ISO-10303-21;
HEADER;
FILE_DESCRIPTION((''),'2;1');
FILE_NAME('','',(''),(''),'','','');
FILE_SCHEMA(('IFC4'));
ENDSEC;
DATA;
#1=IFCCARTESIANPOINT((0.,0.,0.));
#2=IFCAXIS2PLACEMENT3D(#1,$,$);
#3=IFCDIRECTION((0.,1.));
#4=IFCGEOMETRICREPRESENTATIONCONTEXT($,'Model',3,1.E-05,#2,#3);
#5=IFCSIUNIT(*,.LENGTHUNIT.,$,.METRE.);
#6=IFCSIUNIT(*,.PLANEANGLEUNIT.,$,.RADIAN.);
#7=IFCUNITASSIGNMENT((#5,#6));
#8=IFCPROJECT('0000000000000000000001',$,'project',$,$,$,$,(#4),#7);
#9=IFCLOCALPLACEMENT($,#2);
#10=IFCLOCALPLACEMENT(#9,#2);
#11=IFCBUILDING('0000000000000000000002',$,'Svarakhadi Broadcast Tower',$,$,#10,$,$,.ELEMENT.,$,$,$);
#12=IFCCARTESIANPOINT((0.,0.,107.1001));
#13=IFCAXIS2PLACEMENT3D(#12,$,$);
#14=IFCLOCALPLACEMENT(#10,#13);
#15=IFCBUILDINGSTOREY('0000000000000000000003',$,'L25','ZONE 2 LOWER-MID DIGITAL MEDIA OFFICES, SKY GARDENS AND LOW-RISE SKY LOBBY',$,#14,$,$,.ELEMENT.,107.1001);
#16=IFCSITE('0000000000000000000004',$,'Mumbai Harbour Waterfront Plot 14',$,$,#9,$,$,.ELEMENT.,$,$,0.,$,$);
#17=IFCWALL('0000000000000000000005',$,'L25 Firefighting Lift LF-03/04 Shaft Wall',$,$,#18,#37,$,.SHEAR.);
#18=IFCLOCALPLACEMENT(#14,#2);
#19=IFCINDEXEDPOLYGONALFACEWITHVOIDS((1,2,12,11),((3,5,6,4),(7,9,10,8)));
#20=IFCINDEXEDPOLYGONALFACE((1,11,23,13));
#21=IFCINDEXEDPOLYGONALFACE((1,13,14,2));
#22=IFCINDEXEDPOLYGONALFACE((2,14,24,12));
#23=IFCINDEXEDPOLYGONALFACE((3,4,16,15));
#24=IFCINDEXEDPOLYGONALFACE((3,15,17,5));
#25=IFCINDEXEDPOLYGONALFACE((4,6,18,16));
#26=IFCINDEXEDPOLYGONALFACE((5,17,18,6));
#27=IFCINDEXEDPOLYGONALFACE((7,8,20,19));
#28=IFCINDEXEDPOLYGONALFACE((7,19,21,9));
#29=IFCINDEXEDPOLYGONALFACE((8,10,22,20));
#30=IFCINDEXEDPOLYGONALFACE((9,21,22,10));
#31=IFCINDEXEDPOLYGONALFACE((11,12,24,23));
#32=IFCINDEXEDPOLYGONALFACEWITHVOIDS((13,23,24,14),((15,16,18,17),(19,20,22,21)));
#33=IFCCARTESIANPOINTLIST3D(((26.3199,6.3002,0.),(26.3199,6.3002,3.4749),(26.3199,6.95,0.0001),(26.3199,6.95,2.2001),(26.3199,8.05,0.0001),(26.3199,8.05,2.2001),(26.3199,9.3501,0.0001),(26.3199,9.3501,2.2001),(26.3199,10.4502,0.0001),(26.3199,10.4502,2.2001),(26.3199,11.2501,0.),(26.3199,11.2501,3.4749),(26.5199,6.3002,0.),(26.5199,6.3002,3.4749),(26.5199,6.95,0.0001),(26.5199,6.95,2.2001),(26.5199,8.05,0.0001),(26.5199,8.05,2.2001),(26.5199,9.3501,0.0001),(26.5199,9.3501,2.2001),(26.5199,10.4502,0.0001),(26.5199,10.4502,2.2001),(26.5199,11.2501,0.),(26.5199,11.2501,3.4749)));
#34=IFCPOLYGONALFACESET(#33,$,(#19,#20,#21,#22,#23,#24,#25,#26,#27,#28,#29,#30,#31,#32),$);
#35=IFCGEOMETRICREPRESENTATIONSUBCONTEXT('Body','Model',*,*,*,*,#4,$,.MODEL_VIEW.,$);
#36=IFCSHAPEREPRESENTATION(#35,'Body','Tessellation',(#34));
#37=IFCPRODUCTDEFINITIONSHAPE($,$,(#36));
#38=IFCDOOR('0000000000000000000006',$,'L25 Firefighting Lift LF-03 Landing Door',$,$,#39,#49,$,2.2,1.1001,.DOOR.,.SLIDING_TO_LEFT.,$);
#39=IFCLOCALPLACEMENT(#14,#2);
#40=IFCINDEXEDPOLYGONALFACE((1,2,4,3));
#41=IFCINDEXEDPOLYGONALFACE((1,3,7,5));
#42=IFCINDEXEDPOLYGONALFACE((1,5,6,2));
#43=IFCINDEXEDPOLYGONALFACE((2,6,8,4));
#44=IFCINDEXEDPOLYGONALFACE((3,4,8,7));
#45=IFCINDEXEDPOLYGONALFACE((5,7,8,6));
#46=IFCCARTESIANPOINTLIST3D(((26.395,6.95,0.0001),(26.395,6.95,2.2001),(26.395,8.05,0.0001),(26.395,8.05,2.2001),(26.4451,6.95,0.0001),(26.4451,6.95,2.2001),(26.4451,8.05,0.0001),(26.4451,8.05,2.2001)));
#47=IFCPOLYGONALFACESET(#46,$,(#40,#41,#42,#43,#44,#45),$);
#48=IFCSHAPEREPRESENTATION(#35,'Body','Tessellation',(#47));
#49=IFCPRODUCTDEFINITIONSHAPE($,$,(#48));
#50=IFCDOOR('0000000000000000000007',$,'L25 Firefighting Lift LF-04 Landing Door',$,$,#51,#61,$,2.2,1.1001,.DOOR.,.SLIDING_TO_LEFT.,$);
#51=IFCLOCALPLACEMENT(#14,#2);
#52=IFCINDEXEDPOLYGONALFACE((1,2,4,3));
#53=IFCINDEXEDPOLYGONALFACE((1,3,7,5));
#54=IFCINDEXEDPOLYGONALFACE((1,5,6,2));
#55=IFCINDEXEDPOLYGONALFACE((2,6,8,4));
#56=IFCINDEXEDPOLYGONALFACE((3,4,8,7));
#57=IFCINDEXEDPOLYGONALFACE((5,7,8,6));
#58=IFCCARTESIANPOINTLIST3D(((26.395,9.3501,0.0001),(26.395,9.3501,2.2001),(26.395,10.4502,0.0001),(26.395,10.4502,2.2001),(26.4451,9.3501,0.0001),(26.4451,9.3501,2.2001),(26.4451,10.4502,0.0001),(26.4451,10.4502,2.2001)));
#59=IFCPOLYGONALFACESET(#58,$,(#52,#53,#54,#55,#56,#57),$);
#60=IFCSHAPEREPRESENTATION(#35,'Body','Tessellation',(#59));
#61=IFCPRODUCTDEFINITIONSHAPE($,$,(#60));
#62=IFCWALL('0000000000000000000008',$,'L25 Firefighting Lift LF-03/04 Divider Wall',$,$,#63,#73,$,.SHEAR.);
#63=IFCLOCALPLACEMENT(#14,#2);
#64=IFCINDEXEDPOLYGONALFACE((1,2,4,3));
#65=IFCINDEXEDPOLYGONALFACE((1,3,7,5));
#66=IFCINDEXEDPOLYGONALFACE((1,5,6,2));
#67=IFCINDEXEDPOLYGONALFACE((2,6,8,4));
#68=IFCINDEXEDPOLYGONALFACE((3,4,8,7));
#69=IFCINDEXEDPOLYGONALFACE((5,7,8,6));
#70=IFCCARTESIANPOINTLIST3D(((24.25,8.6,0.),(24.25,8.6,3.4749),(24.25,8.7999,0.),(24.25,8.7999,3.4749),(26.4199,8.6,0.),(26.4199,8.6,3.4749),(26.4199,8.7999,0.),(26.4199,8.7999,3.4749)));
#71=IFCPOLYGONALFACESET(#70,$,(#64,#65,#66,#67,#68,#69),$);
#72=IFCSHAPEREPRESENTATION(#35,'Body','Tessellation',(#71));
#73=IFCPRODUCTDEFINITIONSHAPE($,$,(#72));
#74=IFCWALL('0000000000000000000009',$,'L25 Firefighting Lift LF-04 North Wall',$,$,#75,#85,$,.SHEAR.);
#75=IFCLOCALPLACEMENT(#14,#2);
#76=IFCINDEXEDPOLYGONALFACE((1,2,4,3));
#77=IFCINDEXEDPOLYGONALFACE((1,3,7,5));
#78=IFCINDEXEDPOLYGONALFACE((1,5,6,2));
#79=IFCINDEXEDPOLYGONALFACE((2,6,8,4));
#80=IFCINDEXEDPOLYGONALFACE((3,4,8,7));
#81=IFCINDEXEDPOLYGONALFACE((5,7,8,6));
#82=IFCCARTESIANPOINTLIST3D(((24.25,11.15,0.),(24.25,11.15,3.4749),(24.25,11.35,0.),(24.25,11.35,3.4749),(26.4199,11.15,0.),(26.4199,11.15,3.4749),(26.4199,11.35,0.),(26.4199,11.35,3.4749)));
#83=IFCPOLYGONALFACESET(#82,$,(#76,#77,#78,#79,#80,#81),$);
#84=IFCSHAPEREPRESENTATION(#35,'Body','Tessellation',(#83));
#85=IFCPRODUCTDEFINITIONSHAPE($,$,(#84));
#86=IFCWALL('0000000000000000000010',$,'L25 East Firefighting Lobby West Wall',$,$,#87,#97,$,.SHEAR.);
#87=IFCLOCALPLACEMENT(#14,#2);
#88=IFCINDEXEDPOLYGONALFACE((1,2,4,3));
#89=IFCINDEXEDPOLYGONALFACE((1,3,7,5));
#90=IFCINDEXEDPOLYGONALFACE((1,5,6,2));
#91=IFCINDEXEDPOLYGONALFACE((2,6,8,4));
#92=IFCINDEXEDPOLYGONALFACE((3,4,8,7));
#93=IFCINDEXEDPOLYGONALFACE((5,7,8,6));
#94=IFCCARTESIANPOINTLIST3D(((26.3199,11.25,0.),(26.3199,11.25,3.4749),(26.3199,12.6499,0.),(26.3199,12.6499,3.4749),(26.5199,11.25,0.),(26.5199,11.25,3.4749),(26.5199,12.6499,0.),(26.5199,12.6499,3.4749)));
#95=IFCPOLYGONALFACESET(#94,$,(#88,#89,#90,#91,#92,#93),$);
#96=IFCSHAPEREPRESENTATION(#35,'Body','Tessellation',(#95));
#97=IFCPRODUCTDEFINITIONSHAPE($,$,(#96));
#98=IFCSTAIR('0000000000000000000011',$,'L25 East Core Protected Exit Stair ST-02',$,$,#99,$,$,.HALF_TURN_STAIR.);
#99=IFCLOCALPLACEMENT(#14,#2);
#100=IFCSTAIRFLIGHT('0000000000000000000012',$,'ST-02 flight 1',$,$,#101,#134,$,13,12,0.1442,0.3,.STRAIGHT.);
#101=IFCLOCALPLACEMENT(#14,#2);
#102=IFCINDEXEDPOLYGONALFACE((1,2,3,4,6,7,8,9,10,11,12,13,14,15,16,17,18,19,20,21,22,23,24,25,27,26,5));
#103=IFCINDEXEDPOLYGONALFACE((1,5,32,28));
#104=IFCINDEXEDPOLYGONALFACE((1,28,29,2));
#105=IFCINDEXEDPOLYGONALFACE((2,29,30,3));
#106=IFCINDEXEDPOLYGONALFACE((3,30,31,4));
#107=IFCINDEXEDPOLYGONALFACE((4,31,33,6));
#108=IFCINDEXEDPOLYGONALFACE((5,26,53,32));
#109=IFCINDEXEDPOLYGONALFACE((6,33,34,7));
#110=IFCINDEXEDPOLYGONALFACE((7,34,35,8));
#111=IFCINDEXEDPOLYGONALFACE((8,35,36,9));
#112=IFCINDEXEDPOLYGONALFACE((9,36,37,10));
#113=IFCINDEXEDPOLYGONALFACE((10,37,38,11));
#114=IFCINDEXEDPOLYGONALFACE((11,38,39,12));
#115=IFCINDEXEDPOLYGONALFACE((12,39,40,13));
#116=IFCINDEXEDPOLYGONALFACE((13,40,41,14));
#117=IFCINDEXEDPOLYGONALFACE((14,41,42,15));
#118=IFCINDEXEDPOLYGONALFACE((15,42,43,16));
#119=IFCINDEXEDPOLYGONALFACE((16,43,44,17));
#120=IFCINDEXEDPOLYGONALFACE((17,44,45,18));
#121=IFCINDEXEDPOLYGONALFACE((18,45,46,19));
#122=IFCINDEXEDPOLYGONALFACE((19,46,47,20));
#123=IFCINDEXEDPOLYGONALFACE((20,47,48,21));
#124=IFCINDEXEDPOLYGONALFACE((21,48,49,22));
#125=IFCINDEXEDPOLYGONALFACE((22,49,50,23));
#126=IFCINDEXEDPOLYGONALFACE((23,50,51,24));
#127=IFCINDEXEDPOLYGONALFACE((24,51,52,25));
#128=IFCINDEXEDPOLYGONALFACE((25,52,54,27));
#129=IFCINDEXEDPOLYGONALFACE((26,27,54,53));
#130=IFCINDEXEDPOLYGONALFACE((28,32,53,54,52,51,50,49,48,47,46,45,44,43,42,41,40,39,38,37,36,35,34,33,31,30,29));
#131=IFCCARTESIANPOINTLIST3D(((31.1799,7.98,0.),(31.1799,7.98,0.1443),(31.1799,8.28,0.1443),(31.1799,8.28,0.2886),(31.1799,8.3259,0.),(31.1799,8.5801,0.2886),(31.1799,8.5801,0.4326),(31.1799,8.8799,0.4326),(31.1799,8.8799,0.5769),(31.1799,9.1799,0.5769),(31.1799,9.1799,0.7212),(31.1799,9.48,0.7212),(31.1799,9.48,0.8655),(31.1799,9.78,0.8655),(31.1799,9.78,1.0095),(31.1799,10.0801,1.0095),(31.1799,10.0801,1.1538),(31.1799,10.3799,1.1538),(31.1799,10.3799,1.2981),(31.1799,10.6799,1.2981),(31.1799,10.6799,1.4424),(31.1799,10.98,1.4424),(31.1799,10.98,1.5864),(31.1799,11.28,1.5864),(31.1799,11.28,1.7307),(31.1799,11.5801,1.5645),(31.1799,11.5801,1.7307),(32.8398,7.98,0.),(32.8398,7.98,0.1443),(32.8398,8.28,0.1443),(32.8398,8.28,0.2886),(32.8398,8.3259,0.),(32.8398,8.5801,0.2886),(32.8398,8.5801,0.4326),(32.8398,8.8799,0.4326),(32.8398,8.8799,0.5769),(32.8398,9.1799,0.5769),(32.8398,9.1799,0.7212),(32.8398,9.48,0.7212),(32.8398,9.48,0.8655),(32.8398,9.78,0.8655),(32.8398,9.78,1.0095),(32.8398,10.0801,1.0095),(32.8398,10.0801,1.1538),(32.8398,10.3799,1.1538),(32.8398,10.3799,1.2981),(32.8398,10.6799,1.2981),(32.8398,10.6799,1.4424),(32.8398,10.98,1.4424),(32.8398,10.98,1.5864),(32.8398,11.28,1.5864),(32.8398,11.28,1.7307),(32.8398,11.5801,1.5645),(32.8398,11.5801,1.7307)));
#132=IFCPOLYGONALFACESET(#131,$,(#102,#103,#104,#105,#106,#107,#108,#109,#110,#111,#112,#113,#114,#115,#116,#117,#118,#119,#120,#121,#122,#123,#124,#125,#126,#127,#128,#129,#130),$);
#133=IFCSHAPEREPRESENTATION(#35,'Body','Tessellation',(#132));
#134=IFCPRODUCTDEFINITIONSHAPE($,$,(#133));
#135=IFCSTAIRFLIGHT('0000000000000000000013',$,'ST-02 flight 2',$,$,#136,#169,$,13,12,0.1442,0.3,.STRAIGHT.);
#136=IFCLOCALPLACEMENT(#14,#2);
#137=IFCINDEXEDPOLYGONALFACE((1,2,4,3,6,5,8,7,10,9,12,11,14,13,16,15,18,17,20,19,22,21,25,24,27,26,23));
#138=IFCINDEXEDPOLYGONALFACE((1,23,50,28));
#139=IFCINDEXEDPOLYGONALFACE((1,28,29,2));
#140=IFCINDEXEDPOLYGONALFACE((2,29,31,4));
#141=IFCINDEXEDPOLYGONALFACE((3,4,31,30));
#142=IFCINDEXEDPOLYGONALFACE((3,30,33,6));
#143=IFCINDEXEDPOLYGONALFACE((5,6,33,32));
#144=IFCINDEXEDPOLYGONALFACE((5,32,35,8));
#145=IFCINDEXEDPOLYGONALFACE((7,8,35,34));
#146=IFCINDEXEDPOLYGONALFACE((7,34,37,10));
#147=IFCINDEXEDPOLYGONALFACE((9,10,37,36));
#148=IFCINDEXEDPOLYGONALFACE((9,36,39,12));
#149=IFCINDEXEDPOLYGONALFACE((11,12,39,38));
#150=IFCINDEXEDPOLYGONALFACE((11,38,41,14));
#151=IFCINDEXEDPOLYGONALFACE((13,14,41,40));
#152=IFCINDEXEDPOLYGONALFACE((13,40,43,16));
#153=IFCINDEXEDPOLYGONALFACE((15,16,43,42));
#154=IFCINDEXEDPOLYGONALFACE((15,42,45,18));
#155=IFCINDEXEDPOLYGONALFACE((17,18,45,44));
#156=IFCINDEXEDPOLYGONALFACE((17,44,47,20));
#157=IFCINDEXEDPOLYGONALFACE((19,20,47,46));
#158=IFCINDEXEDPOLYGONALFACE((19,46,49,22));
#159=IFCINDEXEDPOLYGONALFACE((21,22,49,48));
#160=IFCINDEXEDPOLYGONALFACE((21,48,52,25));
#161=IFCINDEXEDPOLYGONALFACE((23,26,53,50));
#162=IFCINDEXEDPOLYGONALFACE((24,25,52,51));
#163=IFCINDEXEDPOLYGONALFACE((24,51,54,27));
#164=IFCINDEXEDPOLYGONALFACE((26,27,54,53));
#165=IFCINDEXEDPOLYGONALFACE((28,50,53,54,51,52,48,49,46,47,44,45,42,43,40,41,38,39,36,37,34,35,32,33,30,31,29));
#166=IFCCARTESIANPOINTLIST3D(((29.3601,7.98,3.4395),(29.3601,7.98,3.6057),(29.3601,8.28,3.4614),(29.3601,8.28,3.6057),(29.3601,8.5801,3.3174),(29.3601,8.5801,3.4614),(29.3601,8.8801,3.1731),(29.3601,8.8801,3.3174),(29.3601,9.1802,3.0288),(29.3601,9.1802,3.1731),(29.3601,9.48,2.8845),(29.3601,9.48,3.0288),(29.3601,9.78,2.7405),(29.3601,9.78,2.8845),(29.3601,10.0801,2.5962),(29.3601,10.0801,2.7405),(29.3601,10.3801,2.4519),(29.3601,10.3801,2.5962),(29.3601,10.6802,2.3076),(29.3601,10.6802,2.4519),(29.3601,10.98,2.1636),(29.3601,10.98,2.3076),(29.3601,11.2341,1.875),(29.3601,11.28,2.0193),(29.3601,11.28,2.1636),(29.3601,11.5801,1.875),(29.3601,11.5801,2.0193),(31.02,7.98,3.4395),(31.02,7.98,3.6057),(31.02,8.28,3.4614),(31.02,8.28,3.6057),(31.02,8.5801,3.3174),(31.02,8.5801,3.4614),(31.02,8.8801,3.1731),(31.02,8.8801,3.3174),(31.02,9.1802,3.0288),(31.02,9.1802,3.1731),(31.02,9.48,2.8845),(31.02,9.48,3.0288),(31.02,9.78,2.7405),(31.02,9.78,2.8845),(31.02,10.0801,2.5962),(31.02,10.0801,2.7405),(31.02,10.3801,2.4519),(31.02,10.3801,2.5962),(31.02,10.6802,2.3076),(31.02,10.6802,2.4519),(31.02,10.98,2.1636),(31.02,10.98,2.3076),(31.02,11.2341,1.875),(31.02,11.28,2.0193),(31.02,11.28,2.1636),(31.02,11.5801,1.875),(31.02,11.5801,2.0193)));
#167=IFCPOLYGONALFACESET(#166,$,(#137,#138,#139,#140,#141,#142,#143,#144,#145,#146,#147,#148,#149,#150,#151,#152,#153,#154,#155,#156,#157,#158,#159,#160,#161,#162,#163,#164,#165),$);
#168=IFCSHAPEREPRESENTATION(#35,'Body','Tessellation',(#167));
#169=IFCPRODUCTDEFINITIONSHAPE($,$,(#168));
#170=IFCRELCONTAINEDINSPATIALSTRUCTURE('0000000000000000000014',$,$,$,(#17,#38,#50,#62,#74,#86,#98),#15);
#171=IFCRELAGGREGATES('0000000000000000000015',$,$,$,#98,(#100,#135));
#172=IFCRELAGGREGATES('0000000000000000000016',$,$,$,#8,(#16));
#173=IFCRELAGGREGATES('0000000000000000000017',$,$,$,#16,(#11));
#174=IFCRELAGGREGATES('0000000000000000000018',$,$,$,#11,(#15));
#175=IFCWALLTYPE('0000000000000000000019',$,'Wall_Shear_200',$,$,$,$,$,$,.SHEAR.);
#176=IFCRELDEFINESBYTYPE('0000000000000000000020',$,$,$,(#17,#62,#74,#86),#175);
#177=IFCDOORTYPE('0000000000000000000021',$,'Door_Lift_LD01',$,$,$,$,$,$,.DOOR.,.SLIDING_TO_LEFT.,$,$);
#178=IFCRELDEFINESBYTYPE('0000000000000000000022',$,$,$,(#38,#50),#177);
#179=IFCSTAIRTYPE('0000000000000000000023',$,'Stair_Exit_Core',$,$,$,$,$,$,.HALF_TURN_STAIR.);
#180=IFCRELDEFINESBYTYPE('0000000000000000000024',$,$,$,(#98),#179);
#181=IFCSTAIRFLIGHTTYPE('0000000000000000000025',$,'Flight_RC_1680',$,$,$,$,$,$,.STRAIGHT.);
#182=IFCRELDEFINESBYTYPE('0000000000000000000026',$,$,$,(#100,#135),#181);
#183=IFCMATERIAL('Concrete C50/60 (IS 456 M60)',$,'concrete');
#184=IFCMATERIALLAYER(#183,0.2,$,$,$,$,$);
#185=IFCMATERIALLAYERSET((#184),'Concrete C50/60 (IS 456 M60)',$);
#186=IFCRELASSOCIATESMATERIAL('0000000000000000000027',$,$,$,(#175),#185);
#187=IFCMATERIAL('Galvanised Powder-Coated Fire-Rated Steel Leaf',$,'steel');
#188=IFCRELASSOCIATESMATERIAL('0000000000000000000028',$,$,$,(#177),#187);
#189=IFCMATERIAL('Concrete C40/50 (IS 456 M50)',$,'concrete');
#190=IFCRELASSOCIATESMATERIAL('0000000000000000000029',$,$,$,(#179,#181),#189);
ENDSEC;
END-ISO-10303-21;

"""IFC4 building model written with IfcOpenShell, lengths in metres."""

from ifc_helpers import new_model, si_unit, direction, frame, frame_2d, origin, place, context, subcontext, project, spatial, polyline, rectangle, outline, extrude, material, layer, layer_set, type_object, element, fill, aggregate, save


model = new_model("IFC4")

# Units and contexts
model_context = context("Model", 3, precision=1e-05, world=origin(), true_north=direction((0.0, 1.0)))
body_context = subcontext(model_context, "Body", "Model", "MODEL_VIEW")
ifc_project = project(units=[si_unit("LENGTHUNIT", "METRE"), si_unit("PLANEANGLEUNIT", "RADIAN")], contexts=[model_context])

# Site, building, storey
site_placement = place(None, origin())
site = spatial("IfcSite", under=ifc_project, at=site_placement, Name="Mumbai Harbour Waterfront Plot 14", CompositionType="ELEMENT", RefElevation=0.0)
building_placement = place(site_placement, origin())
building = spatial("IfcBuilding", under=site, at=building_placement, Name="Svarakhadi Broadcast Tower", CompositionType="ELEMENT")
storey_placement = place(building_placement, frame((0.0, 0.0, 107.1001)))
storey = spatial("IfcBuildingStorey", under=building, at=storey_placement, Name="L25", Description="ZONE 2 LOWER-MID DIGITAL MEDIA OFFICES, SKY GARDENS AND LOW-RISE SKY LOBBY", CompositionType="ELEMENT", Elevation=107.1001)

# Shared definitions
ifc_material_1 = material(Name="Concrete C50/60 (IS 456 M60)", Category="concrete")

# Shared definitions
ifc_material_2 = material(Name="Concrete C40/50 (IS 456 M50)", Category="concrete")

# Shared definitions
ifc_layer_1 = layer(ifc_material_1, 0.2)
ifc_layer_set_1 = layer_set([ifc_layer_1], Name="Concrete C50/60 (IS 456 M60)")
wall_type_1 = type_object("IfcWallType", Name="Wall_Shear_200", PredefinedType="SHEAR", material=ifc_layer_set_1)
ifc_material_3 = material(Name="Galvanised Powder-Coated Fire-Rated Steel Leaf", Category="steel")

# Wall, openings, doors
wall_1_placement = place(storey_placement, frame((26.4199, 6.3, 0.0), z_axis=(0.0, 0.0, 1.0), x_axis=(0.0, 1.0, 0.0)))
wall_1 = element("IfcWall", 1, at=wall_1_placement, inside=storey, type_object=wall_type_1, Name="L25 Firefighting Lift LF-03/04 Shaft Wall", PredefinedType="SHEAR", context=body_context, shape_type="SweptSolid", body=[
    extrude(rectangle(XDim=4.95, YDim=0.2, at=frame_2d((2.4751, 0.0))), origin(), (0.0, 0.0, 1.0), 3.4749),
])
opening_1_placement = place(wall_1_placement, frame((0.6499, 0.0, 0.0)))
opening_1 = element("IfcOpeningElement", 2, at=opening_1_placement, cuts=wall_1, PredefinedType="OPENING", context=body_context, shape_type="SweptSolid", body=[
    extrude(rectangle(XDim=1.1001, YDim=2.2, at=frame_2d((0.55, 1.1001))), frame((0.0, 0.1099, 0.0), z_axis=(0.0, -1.0, 0.0), x_axis=(1.0, 0.0, 0.0)), (0.0, 0.0, 1.0), 0.22),
])
opening_2_placement = place(wall_1_placement, frame((3.05, 0.0, 0.0)))
opening_2 = element("IfcOpeningElement", 3, at=opening_2_placement, cuts=wall_1, PredefinedType="OPENING", context=body_context, shape_type="SweptSolid", body=[
    extrude(rectangle(XDim=1.1001, YDim=2.2, at=frame_2d((0.55, 1.1001))), frame((0.0, 0.1099, 0.0), z_axis=(0.0, -1.0, 0.0), x_axis=(1.0, 0.0, 0.0)), (0.0, 0.0, 1.0), 0.22),
])
door_type_1 = type_object("IfcDoorType", Name="Door_Lift_LD01", OperationType="SLIDING_TO_LEFT", PredefinedType="DOOR", material=ifc_material_3)
door_1_placement = place(opening_1_placement, origin())
door_1 = element("IfcDoor", 4, at=door_1_placement, inside=storey, type_object=door_type_1, Name="L25 Firefighting Lift LF-03 Landing Door", OperationType="SLIDING_TO_LEFT", OverallHeight=2.2, OverallWidth=1.1001, PredefinedType="DOOR", context=body_context, shape_type="SweptSolid", body=[
    extrude(rectangle(XDim=1.1001, YDim=2.2, at=frame_2d((0.55, 1.1001))), frame((0.0, 0.0249, 0.0), z_axis=(0.0, -1.0, 0.0), x_axis=(1.0, 0.0, 0.0)), (0.0, 0.0, 1.0), 0.05),
])
fill(opening_1, door_1)
door_2_placement = place(opening_2_placement, origin())
door_2 = element("IfcDoor", 5, at=door_2_placement, inside=storey, type_object=door_type_1, Name="L25 Firefighting Lift LF-04 Landing Door", OperationType="SLIDING_TO_LEFT", OverallHeight=2.2, OverallWidth=1.1001, PredefinedType="DOOR", context=body_context, shape_type="SweptSolid", body=[
    extrude(rectangle(XDim=1.1001, YDim=2.2, at=frame_2d((0.55, 1.1001))), frame((0.0, 0.0249, 0.0), z_axis=(0.0, -1.0, 0.0), x_axis=(1.0, 0.0, 0.0)), (0.0, 0.0, 1.0), 0.05),
])
fill(opening_2, door_2)

# Walls
for number, where, z_axis, x_axis, name in (
    (6, (24.25, 8.7, 0.0), (0.0, 0.0, 1.0), (1.0, 0.0, 0.0), "L25 Firefighting Lift LF-03/04 Divider Wall"),
    (7, (24.25, 11.25, 0.0), (0.0, 0.0, 1.0), (1.0, 0.0, 0.0), "L25 Firefighting Lift LF-04 North Wall"),
):
    element("IfcWall", number, at=place(storey_placement, frame(where, z_axis=z_axis, x_axis=x_axis)), inside=storey, type_object=wall_type_1, Name=name, PredefinedType="SHEAR", context=body_context, shape_type="SweptSolid", body=[
        extrude(rectangle(XDim=2.1699, YDim=0.2, at=frame_2d((1.085, 0.0))), origin(), (0.0, 0.0, 1.0), 3.4749),
    ])
wall_2_placement = place(storey_placement, frame((26.4199, 11.25, 0.0), z_axis=(0.0, 0.0, 1.0), x_axis=(0.0, 1.0, 0.0)))
element("IfcWall", 8, at=wall_2_placement, inside=storey, type_object=wall_type_1, Name="L25 East Firefighting Lobby West Wall", PredefinedType="SHEAR", context=body_context, shape_type="SweptSolid", body=[
    extrude(rectangle(XDim=1.3999, YDim=0.2, at=frame_2d((0.7, 0.0))), origin(), (0.0, 0.0, 1.0), 3.4749),
])

# Stair, stair flights
stair_type = type_object("IfcStairType", Name="Stair_Exit_Core", PredefinedType="HALF_TURN_STAIR", material=ifc_material_2)
stair_placement = place(storey_placement, origin())
stair = element("IfcStair", 9, at=stair_placement, inside=storey, type_object=stair_type, Name="L25 East Core Protected Exit Stair ST-02", PredefinedType="HALF_TURN_STAIR")
stair_flight_type = type_object("IfcStairFlightType", Name="Flight_RC_1680", PredefinedType="STRAIGHT", material=ifc_material_2)
stair_flight_1_placement = place(storey_placement, frame((32.01, 7.98, 0.0), z_axis=(0.0, 0.0, 1.0), x_axis=(0.0, 1.0, 0.0)))
stair_flight_1 = element("IfcStairFlight", 10, at=stair_flight_1_placement, type_object=stair_flight_type, Name="ST-02 flight 1", NumberOfRisers=13, NumberOfTreads=12, PredefinedType="STRAIGHT", RiserHeight=0.1442, TreadLength=0.3, context=body_context, shape_type="SweptSolid", body=[
    extrude(outline(polyline([(0.0, 0.0), (0.0, 0.1443), (0.3, 0.1443), (0.3, 0.2886), (0.6001, 0.2886), (0.6001, 0.4326), (0.8999, 0.4326), (0.8999, 0.5769), (1.2, 0.5769), (1.2, 0.7212), (1.5, 0.7212), (1.5, 0.8655), (1.8, 0.8655), (1.8, 1.0095), (2.1001, 1.0095), (2.1001, 1.1538), (2.3999, 1.1538), (2.3999, 1.2981), (2.7, 1.2981), (2.7, 1.4424), (3.0, 1.4424), (3.0, 1.5864), (3.3, 1.5864), (3.3, 1.7307), (3.6001, 1.7307), (3.6001, 1.875), (3.6001, 1.5645), (0.3459, 0.0), (0.0, 0.0)])), frame((0.0, 0.8301, 0.0), z_axis=(0.0, -1.0, 0.0), x_axis=(1.0, 0.0, 0.0)), (0.0, 0.0, 1.0), 1.6599),
])
stair_flight_2_placement = place(storey_placement, frame((30.1899, 11.5801, 1.875), z_axis=(0.0, 0.0, 1.0), x_axis=(0.0, -1.0, 0.0)))
stair_flight_2 = element("IfcStairFlight", 11, at=stair_flight_2_placement, type_object=stair_flight_type, Name="ST-02 flight 2", NumberOfRisers=13, NumberOfTreads=12, PredefinedType="STRAIGHT", RiserHeight=0.1442, TreadLength=0.3, context=body_context, shape_type="SweptSolid", body=[
    extrude(outline(polyline([(0.0, 0.0), (0.0, 0.1443), (0.3, 0.1443), (0.3, 0.2886), (0.6001, 0.2886), (0.6001, 0.4326), (0.8999, 0.4326), (0.8999, 0.5769), (1.2, 0.5769), (1.2, 0.7212), (1.5, 0.7212), (1.5, 0.8655), (1.8, 0.8655), (1.8, 1.0095), (2.1001, 1.0095), (2.1001, 1.1538), (2.3999, 1.1538), (2.3999, 1.2981), (2.7, 1.2981), (2.7, 1.4424), (3.0, 1.4424), (3.0, 1.5864), (3.3, 1.5864), (3.3, 1.7307), (3.6001, 1.7307), (3.6001, 1.875), (3.6001, 1.5645), (0.3459, 0.0), (0.0, 0.0)])), frame((0.0, 0.8301, 0.0), z_axis=(0.0, -1.0, 0.0), x_axis=(1.0, 0.0, 0.0)), (0.0, 0.0, 1.0), 1.6599),
])
aggregate(stair, [stair_flight_1, stair_flight_2])

save(model, "model.ifc")
